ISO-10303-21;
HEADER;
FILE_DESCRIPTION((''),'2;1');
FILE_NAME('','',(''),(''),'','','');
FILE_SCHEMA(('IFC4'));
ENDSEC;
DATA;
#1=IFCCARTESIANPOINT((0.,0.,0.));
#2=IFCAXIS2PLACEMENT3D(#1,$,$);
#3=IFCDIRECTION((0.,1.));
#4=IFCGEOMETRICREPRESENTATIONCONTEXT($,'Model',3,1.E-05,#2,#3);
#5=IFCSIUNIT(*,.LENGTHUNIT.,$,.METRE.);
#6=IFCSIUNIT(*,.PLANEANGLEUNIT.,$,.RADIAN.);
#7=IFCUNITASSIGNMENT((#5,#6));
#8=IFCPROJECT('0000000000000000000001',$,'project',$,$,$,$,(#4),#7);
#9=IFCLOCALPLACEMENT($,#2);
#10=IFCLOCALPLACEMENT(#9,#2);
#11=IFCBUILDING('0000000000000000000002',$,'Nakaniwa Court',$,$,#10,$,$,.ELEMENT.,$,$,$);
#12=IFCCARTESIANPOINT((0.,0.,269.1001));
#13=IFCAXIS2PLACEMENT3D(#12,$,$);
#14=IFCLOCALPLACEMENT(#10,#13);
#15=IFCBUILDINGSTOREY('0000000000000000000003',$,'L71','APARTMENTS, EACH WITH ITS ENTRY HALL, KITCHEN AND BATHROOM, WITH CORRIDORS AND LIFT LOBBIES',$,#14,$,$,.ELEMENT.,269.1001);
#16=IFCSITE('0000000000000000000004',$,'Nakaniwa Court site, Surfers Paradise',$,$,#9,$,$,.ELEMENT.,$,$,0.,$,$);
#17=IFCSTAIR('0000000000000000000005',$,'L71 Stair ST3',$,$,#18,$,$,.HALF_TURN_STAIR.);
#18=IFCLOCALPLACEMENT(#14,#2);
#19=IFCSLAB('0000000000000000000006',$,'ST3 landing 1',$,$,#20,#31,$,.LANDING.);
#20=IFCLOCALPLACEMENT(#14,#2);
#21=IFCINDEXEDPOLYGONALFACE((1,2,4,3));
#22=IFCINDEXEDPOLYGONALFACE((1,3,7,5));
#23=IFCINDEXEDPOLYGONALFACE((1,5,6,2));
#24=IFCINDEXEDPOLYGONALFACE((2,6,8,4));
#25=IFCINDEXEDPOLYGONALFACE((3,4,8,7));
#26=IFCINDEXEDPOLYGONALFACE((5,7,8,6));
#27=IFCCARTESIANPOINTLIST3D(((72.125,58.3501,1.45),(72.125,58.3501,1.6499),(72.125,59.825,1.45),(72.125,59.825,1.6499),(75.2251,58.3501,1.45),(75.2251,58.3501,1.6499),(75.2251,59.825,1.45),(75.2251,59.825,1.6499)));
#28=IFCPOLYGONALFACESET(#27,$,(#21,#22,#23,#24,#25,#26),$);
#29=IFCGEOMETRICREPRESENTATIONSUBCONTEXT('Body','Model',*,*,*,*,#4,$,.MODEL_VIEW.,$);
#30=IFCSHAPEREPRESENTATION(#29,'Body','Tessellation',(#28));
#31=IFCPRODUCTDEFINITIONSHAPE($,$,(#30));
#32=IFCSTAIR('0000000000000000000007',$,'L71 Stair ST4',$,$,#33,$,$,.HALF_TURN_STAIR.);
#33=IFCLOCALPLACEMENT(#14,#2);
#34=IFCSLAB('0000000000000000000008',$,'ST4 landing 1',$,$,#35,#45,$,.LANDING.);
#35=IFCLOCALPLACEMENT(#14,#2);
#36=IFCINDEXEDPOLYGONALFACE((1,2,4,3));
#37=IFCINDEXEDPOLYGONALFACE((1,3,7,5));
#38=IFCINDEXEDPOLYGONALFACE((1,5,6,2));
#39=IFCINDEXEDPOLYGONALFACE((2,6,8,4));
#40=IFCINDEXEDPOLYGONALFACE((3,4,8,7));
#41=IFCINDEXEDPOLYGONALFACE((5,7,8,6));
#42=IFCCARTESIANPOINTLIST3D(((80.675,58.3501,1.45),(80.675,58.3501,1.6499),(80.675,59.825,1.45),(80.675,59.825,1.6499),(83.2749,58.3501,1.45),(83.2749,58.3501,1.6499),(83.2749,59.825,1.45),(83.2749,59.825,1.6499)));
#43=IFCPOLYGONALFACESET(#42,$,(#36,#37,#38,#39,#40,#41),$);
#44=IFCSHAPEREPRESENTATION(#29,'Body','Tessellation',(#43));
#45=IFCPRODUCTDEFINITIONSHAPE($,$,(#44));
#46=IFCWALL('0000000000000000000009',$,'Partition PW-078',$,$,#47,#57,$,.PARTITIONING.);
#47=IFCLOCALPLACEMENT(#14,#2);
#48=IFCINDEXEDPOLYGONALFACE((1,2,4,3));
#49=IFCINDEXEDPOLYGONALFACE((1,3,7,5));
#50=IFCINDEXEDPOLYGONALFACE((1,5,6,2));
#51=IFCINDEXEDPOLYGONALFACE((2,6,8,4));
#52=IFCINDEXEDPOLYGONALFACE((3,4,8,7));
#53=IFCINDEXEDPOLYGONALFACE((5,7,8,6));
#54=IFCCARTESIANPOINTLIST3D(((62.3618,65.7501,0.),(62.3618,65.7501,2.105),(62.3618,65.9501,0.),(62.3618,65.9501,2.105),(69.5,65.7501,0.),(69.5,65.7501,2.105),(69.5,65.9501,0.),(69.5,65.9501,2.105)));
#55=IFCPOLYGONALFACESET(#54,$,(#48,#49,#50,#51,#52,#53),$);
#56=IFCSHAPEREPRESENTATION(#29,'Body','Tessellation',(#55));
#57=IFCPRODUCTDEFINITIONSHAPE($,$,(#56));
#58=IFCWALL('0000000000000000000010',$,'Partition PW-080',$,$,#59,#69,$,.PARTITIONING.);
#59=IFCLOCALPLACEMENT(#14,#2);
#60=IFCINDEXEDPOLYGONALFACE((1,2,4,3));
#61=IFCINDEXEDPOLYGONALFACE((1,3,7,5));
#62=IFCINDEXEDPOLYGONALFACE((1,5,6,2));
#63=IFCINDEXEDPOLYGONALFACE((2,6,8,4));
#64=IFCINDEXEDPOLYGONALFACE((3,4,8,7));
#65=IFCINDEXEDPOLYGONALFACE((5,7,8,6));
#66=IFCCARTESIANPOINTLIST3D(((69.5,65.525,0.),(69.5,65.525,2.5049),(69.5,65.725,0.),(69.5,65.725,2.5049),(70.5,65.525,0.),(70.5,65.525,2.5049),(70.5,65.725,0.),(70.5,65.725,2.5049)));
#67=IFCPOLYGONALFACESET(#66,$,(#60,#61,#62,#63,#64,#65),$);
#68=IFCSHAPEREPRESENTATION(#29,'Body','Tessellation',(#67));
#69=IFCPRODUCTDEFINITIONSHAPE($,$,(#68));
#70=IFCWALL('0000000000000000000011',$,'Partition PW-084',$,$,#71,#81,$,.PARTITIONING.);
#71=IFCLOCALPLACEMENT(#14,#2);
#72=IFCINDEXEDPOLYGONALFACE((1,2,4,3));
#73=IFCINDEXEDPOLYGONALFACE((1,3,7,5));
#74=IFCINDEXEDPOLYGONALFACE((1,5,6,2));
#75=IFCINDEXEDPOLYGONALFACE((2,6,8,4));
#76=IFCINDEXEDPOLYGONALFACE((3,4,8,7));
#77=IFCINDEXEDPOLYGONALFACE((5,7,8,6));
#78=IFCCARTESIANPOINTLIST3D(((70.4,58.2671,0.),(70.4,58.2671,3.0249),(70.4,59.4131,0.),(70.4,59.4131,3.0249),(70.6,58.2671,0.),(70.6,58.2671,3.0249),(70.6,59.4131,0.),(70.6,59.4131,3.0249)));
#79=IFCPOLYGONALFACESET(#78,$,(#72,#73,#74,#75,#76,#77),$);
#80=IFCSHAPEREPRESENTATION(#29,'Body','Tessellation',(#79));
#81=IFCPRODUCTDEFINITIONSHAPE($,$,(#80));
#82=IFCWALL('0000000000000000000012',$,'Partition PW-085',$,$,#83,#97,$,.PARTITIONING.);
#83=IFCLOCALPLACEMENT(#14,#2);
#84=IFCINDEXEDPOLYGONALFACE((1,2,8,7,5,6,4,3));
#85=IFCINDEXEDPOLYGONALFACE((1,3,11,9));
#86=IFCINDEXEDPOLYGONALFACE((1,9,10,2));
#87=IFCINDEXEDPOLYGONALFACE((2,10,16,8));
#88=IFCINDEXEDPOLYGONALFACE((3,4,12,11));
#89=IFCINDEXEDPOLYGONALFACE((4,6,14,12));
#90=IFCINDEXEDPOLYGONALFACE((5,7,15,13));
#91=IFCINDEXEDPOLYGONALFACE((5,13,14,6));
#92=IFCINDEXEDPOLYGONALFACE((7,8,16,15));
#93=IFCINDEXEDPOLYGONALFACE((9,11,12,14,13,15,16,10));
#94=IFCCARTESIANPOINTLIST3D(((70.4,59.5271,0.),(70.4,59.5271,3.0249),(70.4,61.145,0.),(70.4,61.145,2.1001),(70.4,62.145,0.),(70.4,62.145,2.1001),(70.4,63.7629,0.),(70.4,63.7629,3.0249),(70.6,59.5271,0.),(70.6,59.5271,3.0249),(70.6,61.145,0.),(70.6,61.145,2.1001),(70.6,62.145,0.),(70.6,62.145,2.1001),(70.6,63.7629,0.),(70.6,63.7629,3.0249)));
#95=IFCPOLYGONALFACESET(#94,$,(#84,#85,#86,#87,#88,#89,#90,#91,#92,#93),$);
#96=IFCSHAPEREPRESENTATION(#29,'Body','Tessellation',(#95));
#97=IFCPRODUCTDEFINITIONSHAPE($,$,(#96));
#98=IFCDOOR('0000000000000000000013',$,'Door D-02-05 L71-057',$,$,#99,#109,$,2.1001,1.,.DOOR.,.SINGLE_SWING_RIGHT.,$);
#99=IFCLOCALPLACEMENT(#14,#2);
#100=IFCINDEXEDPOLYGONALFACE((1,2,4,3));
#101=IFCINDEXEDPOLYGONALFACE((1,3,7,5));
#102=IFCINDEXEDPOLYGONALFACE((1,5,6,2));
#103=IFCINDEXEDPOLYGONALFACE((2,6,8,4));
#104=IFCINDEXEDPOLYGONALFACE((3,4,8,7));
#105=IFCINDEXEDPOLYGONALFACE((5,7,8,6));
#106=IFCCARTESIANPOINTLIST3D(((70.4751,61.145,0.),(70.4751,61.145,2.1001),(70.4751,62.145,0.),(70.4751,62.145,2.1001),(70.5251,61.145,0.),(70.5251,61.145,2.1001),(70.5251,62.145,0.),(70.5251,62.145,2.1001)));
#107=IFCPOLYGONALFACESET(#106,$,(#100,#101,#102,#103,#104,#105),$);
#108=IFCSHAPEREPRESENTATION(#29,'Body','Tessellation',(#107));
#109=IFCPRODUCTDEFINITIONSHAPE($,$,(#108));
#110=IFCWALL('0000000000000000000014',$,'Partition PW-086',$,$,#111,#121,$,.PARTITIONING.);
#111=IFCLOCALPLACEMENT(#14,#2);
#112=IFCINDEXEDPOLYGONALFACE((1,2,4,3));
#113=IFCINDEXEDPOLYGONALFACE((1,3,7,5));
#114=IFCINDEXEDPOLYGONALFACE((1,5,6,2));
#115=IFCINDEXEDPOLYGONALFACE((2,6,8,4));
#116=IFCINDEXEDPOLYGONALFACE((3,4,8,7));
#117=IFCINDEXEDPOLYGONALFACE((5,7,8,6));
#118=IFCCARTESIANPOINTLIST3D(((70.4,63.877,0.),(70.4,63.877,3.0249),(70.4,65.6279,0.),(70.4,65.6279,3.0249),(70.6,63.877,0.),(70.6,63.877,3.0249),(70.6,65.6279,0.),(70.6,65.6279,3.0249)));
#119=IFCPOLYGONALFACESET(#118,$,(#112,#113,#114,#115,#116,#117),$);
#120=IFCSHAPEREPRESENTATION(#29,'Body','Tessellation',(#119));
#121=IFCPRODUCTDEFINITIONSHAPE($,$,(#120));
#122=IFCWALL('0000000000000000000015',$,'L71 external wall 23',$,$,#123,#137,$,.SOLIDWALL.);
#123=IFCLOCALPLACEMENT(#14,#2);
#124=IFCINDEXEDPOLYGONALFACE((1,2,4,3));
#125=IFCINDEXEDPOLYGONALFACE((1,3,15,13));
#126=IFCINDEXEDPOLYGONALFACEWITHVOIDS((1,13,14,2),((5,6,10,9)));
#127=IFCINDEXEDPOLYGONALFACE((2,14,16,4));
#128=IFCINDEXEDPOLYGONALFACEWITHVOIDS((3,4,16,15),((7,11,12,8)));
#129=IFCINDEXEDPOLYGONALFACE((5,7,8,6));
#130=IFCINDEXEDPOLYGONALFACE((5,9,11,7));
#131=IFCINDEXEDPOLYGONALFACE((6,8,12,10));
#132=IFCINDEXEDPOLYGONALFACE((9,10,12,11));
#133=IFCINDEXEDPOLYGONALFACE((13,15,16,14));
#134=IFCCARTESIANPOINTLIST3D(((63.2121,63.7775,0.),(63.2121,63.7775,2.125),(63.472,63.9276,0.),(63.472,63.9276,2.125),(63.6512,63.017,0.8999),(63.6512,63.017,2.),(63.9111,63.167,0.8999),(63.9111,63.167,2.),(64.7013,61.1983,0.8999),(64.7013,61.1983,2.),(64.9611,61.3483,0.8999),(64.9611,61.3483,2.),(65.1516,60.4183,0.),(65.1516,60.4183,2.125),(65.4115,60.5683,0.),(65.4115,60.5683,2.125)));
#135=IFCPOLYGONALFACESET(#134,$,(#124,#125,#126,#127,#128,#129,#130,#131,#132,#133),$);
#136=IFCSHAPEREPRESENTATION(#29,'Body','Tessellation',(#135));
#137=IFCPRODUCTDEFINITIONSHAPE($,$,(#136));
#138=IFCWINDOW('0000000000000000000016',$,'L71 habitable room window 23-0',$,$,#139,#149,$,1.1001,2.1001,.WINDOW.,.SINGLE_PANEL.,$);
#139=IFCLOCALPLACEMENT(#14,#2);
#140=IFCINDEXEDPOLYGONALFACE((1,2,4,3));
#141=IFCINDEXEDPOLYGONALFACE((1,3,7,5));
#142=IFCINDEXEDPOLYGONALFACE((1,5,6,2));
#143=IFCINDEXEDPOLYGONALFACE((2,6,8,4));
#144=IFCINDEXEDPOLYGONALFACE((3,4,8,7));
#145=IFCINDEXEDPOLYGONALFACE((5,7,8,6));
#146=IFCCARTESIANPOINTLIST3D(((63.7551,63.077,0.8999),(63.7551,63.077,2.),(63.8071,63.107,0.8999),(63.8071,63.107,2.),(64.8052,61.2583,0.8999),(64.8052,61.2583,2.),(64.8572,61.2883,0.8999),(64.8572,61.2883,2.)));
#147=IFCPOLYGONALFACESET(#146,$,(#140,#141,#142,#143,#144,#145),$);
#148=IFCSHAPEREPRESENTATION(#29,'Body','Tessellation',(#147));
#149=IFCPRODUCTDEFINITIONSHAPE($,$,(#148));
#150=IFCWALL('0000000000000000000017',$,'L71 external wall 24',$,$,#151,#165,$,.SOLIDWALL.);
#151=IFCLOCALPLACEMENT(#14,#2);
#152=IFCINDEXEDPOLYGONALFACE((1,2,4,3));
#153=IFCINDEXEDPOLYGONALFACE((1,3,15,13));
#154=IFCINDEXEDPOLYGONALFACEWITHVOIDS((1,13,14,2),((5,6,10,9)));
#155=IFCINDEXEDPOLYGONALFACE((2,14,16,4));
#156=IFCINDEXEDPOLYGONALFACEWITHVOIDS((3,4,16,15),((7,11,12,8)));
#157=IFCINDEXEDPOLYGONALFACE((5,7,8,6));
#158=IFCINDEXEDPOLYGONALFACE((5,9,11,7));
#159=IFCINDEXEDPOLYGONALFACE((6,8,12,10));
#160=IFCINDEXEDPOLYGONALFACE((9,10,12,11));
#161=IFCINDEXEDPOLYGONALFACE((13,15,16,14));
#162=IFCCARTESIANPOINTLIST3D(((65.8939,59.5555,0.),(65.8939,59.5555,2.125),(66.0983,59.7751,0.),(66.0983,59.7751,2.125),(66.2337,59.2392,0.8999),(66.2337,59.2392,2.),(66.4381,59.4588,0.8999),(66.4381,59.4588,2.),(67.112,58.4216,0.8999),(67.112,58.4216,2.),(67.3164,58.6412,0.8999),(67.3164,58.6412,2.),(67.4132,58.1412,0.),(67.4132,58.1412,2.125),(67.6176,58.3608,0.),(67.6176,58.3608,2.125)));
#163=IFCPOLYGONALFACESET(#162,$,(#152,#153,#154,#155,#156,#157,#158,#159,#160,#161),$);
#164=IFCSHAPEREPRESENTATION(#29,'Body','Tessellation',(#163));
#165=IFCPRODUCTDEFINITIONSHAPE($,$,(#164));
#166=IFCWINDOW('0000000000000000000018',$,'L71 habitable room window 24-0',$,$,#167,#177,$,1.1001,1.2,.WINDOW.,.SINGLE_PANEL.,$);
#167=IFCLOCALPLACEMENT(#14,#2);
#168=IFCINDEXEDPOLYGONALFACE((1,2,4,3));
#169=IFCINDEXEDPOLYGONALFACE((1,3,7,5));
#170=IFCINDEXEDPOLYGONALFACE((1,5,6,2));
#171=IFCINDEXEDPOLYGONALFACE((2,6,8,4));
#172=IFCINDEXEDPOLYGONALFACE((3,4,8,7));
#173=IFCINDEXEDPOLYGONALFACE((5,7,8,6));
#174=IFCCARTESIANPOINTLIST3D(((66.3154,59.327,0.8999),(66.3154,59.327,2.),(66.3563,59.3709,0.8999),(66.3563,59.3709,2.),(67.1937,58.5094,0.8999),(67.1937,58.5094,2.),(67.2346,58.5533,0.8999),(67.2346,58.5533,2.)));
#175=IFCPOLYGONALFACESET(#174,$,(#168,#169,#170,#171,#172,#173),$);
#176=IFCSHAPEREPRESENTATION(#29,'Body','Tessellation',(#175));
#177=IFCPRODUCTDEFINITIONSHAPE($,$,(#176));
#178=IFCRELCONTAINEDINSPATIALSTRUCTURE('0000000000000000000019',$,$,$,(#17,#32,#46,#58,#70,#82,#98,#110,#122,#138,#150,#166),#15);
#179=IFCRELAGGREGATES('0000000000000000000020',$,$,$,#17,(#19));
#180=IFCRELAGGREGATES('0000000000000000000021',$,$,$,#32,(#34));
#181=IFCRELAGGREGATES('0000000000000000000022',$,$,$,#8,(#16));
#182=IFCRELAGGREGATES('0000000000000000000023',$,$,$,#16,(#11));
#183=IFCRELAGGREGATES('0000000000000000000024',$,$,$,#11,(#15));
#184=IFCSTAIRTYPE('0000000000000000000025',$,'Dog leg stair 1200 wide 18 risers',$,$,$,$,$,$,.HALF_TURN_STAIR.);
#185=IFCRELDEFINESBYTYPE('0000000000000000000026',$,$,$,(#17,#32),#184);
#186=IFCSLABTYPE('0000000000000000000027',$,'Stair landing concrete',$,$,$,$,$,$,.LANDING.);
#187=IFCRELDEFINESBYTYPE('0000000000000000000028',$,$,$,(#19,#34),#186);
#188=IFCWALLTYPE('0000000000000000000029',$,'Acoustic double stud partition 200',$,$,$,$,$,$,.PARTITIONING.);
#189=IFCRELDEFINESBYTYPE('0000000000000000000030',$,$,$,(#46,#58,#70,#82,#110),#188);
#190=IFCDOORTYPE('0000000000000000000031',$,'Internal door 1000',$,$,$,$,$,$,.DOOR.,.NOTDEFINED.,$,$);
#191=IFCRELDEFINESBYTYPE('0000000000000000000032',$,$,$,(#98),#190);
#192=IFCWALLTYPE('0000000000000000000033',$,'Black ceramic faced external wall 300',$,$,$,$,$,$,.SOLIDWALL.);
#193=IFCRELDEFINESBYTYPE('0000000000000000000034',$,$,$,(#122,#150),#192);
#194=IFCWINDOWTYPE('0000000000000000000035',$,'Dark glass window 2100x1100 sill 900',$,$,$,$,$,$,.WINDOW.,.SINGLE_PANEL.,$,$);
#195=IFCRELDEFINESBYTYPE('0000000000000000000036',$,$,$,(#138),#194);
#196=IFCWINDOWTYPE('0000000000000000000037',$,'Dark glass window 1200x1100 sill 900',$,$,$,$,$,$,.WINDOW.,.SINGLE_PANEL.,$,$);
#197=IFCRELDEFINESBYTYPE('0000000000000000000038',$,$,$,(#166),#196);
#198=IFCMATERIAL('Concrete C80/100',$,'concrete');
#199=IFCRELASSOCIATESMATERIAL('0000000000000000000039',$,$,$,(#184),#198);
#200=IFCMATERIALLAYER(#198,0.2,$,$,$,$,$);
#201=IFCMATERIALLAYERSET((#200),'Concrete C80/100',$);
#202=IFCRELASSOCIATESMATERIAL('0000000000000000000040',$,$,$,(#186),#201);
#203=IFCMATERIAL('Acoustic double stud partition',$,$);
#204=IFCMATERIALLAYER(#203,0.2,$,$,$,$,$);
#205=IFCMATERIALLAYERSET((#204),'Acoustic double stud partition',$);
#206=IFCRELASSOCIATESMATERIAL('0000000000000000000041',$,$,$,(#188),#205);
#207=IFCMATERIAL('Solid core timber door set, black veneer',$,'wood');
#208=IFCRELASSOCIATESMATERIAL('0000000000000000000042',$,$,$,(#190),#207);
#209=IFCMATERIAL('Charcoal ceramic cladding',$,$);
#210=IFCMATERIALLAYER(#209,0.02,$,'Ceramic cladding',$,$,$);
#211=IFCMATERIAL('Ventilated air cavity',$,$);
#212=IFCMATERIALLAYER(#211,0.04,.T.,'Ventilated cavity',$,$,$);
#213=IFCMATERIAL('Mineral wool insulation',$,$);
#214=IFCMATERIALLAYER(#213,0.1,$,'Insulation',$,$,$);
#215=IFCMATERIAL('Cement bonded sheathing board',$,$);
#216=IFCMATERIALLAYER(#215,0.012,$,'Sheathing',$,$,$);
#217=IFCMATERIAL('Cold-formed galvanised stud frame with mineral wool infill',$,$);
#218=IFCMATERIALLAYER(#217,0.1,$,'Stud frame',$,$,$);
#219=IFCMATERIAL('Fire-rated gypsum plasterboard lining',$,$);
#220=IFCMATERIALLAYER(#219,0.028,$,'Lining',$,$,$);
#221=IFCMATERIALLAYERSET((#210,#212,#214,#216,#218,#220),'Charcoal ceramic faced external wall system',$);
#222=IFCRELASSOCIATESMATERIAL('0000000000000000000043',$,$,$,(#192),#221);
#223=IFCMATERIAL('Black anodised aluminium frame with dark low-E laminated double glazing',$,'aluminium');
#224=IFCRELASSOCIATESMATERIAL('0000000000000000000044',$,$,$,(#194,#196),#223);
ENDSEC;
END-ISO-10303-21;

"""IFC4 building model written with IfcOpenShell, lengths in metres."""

from ifc_helpers import new_model, si_unit, direction, frame, frame_2d, origin, place, context, subcontext, project, spatial, polyline, rectangle, outline, extrude, material, layer, layer_set, type_object, element, fill, aggregate, save


model = new_model("IFC4")

# Units and contexts
model_context = context("Model", 3, precision=1e-05, world=origin(), true_north=direction((0.0, 1.0)))
body_context = subcontext(model_context, "Body", "Model", "MODEL_VIEW")
ifc_project = project(units=[si_unit("LENGTHUNIT", "METRE"), si_unit("PLANEANGLEUNIT", "RADIAN")], contexts=[model_context])

# Site, building, storey
site_placement = place(None, origin())
site = spatial("IfcSite", under=ifc_project, at=site_placement, Name="Nakaniwa Court site, Surfers Paradise", CompositionType="ELEMENT", RefElevation=0.0)
building_placement = place(site_placement, origin())
building = spatial("IfcBuilding", under=site, at=building_placement, Name="Nakaniwa Court", CompositionType="ELEMENT")
storey_placement = place(building_placement, frame((0.0, 0.0, 269.1001)))
storey = spatial("IfcBuildingStorey", under=building, at=storey_placement, Name="L71", Description="APARTMENTS, EACH WITH ITS ENTRY HALL, KITCHEN AND BATHROOM, WITH CORRIDORS AND LIFT LOBBIES", CompositionType="ELEMENT", Elevation=269.1001)

# Shared definitions
ifc_material_1 = material(Name="Concrete C80/100", Category="concrete")

# Stairs, slabs
stair_type = type_object("IfcStairType", Name="Dog leg stair 1200 wide 18 risers", PredefinedType="HALF_TURN_STAIR", material=ifc_material_1)
ifc_layer_1 = layer(ifc_material_1, 0.2)
ifc_layer_set_1 = layer_set([ifc_layer_1], Name="Concrete C80/100")
slab_type_1 = type_object("IfcSlabType", Name="Stair landing concrete", PredefinedType="LANDING", material=ifc_layer_set_1)
stair_1_placement = place(storey_placement, origin())
stair_1 = element("IfcStair", 1, at=stair_1_placement, inside=storey, type_object=stair_type, Name="L71 Stair ST3", PredefinedType="HALF_TURN_STAIR")
slab_1_placement = place(storey_placement, frame((0.0, 0.0, 1.45)))
slab_1 = element("IfcSlab", 2, at=slab_1_placement, type_object=slab_type_1, Name="ST3 landing 1", PredefinedType="LANDING", context=body_context, shape_type="SweptSolid", body=[
    extrude(outline(polyline([(75.2251, 58.3501), (75.2251, 59.825), (72.125, 59.825), (72.125, 58.3501), (75.2251, 58.3501)])), origin(), (0.0, 0.0, 1.0), 0.2),
])
aggregate(stair_1, [slab_1])
stair_2_placement = place(storey_placement, origin())
stair_2 = element("IfcStair", 3, at=stair_2_placement, inside=storey, type_object=stair_type, Name="L71 Stair ST4", PredefinedType="HALF_TURN_STAIR")
slab_2_placement = place(storey_placement, frame((0.0, 0.0, 1.45)))
slab_2 = element("IfcSlab", 4, at=slab_2_placement, type_object=slab_type_1, Name="ST4 landing 1", PredefinedType="LANDING", context=body_context, shape_type="SweptSolid", body=[
    extrude(outline(polyline([(83.2749, 58.3501), (83.2749, 59.825), (80.675, 59.825), (80.675, 58.3501), (83.2749, 58.3501)])), origin(), (0.0, 0.0, 1.0), 0.2),
])
aggregate(stair_2, [slab_2])

# Walls
ifc_material_2 = material(Name="Acoustic double stud partition")
ifc_layer_2 = layer(ifc_material_2, 0.2)
ifc_layer_set_2 = layer_set([ifc_layer_2], Name="Acoustic double stud partition")
wall_type_1 = type_object("IfcWallType", Name="Acoustic double stud partition 200", PredefinedType="PARTITIONING", material=ifc_layer_set_2)
wall_1_placement = place(storey_placement, frame((62.3618, 65.8501, 0.0), z_axis=(0.0, 0.0, 1.0), x_axis=(1.0, 0.0, 0.0)))
element("IfcWall", 5, at=wall_1_placement, inside=storey, type_object=wall_type_1, Name="Partition PW-078", PredefinedType="PARTITIONING", context=body_context, shape_type="SweptSolid", body=[
    extrude(rectangle(XDim=7.1382, YDim=0.2, at=frame_2d((3.5691, 0.0))), origin(), (0.0, 0.0, 1.0), 2.105),
])
wall_2_placement = place(storey_placement, frame((69.5, 65.625, 0.0), z_axis=(0.0, 0.0, 1.0), x_axis=(1.0, 0.0, 0.0)))
element("IfcWall", 6, at=wall_2_placement, inside=storey, type_object=wall_type_1, Name="Partition PW-080", PredefinedType="PARTITIONING", context=body_context, shape_type="SweptSolid", body=[
    extrude(rectangle(XDim=1.0, YDim=0.2, at=frame_2d((0.5, 0.0))), origin(), (0.0, 0.0, 1.0), 2.5049),
])
wall_3_placement = place(storey_placement, frame((70.5, 58.2671, 0.0), z_axis=(0.0, 0.0, 1.0), x_axis=(0.0, 1.0, 0.0)))
element("IfcWall", 7, at=wall_3_placement, inside=storey, type_object=wall_type_1, Name="Partition PW-084", PredefinedType="PARTITIONING", context=body_context, shape_type="SweptSolid", body=[
    extrude(rectangle(XDim=1.146, YDim=0.2, at=frame_2d((0.573, 0.0))), origin(), (0.0, 0.0, 1.0), 3.0249),
])

# Wall, opening, door
wall_4_placement = place(storey_placement, frame((70.5, 59.5271, 0.0), z_axis=(0.0, 0.0, 1.0), x_axis=(0.0, 1.0, 0.0)))
wall_4 = element("IfcWall", 8, at=wall_4_placement, inside=storey, type_object=wall_type_1, Name="Partition PW-085", PredefinedType="PARTITIONING", context=body_context, shape_type="SweptSolid", body=[
    extrude(rectangle(XDim=4.2358, YDim=0.2, at=frame_2d((2.1179, 0.0))), origin(), (0.0, 0.0, 1.0), 3.0249),
])
opening_1_placement = place(wall_4_placement, frame((1.6179, 0.0, 0.0)))
opening_1 = element("IfcOpeningElement", 9, at=opening_1_placement, cuts=wall_4, PredefinedType="OPENING", context=body_context, shape_type="SweptSolid", body=[
    extrude(rectangle(XDim=1.0, YDim=2.1001, at=frame_2d((0.5, 1.05))), frame((0.0, 0.1099, 0.0), z_axis=(0.0, -1.0, 0.0), x_axis=(1.0, 0.0, 0.0)), (0.0, 0.0, 1.0), 0.22),
])
ifc_material_3 = material(Name="Solid core timber door set, black veneer", Category="wood")
door_type = type_object("IfcDoorType", Name="Internal door 1000", OperationType="NOTDEFINED", PredefinedType="DOOR", material=ifc_material_3)
door_placement = place(opening_1_placement, origin())
door = element("IfcDoor", 10, at=door_placement, inside=storey, type_object=door_type, Name="Door D-02-05 L71-057", OperationType="SINGLE_SWING_RIGHT", OverallHeight=2.1001, OverallWidth=1.0, PredefinedType="DOOR", context=body_context, shape_type="SweptSolid", body=[
    extrude(rectangle(XDim=1.0, YDim=2.1001, at=frame_2d((0.5, 1.05))), frame((0.0, 0.0249, 0.0), z_axis=(0.0, -1.0, 0.0), x_axis=(1.0, 0.0, 0.0)), (0.0, 0.0, 1.0), 0.05),
])
fill(opening_1, door)

# Wall
wall_5_placement = place(storey_placement, frame((70.5, 63.877, 0.0), z_axis=(0.0, 0.0, 1.0), x_axis=(0.0, 1.0, 0.0)))
element("IfcWall", 11, at=wall_5_placement, inside=storey, type_object=wall_type_1, Name="Partition PW-086", PredefinedType="PARTITIONING", context=body_context, shape_type="SweptSolid", body=[
    extrude(rectangle(XDim=1.751, YDim=0.2, at=frame_2d((0.8755, 0.0))), origin(), (0.0, 0.0, 1.0), 3.0249),
])

# Walls, openings, windows
ifc_material_4 = material(Name="Charcoal ceramic cladding")
ifc_layer_3 = layer(ifc_material_4, 0.02, Name="Ceramic cladding")
ifc_material_5 = material(Name="Ventilated air cavity")
ifc_layer_4 = layer(ifc_material_5, 0.04, ventilated=True, Name="Ventilated cavity")
ifc_material_6 = material(Name="Mineral wool insulation")
ifc_layer_5 = layer(ifc_material_6, 0.1, Name="Insulation")
ifc_material_7 = material(Name="Cement bonded sheathing board")
ifc_layer_6 = layer(ifc_material_7, 0.012, Name="Sheathing")
ifc_material_8 = material(Name="Cold-formed galvanised stud frame with mineral wool infill")
ifc_layer_7 = layer(ifc_material_8, 0.1, Name="Stud frame")
ifc_material_9 = material(Name="Fire-rated gypsum plasterboard lining")
ifc_layer_8 = layer(ifc_material_9, 0.028, Name="Lining")
ifc_layer_set_3 = layer_set([ifc_layer_3, ifc_layer_4, ifc_layer_5, ifc_layer_6, ifc_layer_7, ifc_layer_8], Name="Charcoal ceramic faced external wall system")
wall_type_2 = type_object("IfcWallType", Name="Black ceramic faced external wall 300", PredefinedType="SOLIDWALL", material=ifc_layer_set_3)
wall_6_placement = place(storey_placement, frame((63.342, 63.8525, 0.0), z_axis=(0.0, 0.0, 1.0), x_axis=(0.500011, -0.866019, 0.0)))
wall_6 = element("IfcWall", 12, at=wall_6_placement, inside=storey, type_object=wall_type_2, Name="L71 external wall 23", PredefinedType="SOLIDWALL", context=body_context, shape_type="SweptSolid", body=[
    extrude(rectangle(XDim=3.8789, YDim=0.3, at=frame_2d((1.9395, 0.0))), origin(), (0.0, 0.0, 1.0), 2.125),
])
opening_2_placement = place(wall_6_placement, frame((0.8782, 0.0, 0.8999)))
opening_2 = element("IfcOpeningElement", 13, at=opening_2_placement, cuts=wall_6, PredefinedType="OPENING", context=body_context, shape_type="SweptSolid", body=[
    extrude(rectangle(XDim=2.1001, YDim=1.1001, at=frame_2d((1.05, 0.55))), frame((0.0, 0.1599, 0.0), z_axis=(0.0, -1.0, 0.0), x_axis=(1.0, 0.0, 0.0)), (0.0, 0.0, 1.0), 0.3201),
])
ifc_material_10 = material(Name="Black anodised aluminium frame with dark low-E laminated double glazing", Category="aluminium")
window_type_1 = type_object("IfcWindowType", Name="Dark glass window 2100x1100 sill 900", PartitioningType="SINGLE_PANEL", PredefinedType="WINDOW", material=ifc_material_10)
window_1_placement = place(opening_2_placement, origin())
window_1 = element("IfcWindow", 14, at=window_1_placement, inside=storey, type_object=window_type_1, Name="L71 habitable room window 23-0", OverallHeight=1.1001, OverallWidth=2.1001, PartitioningType="SINGLE_PANEL", PredefinedType="WINDOW", context=body_context, shape_type="SweptSolid", body=[
    extrude(rectangle(XDim=2.1001, YDim=1.1001, at=frame_2d((1.05, 0.55))), frame((0.0, 0.03, 0.0), z_axis=(0.0, -1.0, 0.0), x_axis=(1.0, 0.0, 0.0)), (0.0, 0.0, 1.0), 0.0601),
])
fill(opening_2, window_1)
wall_7_placement = place(storey_placement, frame((65.9961, 59.6653, 0.0), z_axis=(0.0, 0.0, 1.0), x_axis=(0.731943, -0.681366, 0.0)))
wall_7 = element("IfcWall", 15, at=wall_7_placement, inside=storey, type_object=wall_type_2, Name="L71 external wall 24", PredefinedType="SOLIDWALL", context=body_context, shape_type="SweptSolid", body=[
    extrude(rectangle(XDim=2.0757, YDim=0.3, at=frame_2d((1.0378, 0.0))), origin(), (0.0, 0.0, 1.0), 2.125),
])
opening_3_placement = place(wall_7_placement, frame((0.4641, 0.0, 0.8999)))
opening_3 = element("IfcOpeningElement", 16, at=opening_3_placement, cuts=wall_7, PredefinedType="OPENING", context=body_context, shape_type="SweptSolid", body=[
    extrude(rectangle(XDim=1.2, YDim=1.1001, at=frame_2d((0.6001, 0.55))), frame((0.0, 0.1599, 0.0), z_axis=(0.0, -1.0, 0.0), x_axis=(1.0, 0.0, 0.0)), (0.0, 0.0, 1.0), 0.3201),
])
window_type_2 = type_object("IfcWindowType", Name="Dark glass window 1200x1100 sill 900", PartitioningType="SINGLE_PANEL", PredefinedType="WINDOW", material=ifc_material_10)
window_2_placement = place(opening_3_placement, origin())
window_2 = element("IfcWindow", 17, at=window_2_placement, inside=storey, type_object=window_type_2, Name="L71 habitable room window 24-0", OverallHeight=1.1001, OverallWidth=1.2, PartitioningType="SINGLE_PANEL", PredefinedType="WINDOW", context=body_context, shape_type="SweptSolid", body=[
    extrude(rectangle(XDim=1.2, YDim=1.1001, at=frame_2d((0.6001, 0.55))), frame((0.0, 0.03, 0.0), z_axis=(0.0, -1.0, 0.0), x_axis=(1.0, 0.0, 0.0)), (0.0, 0.0, 1.0), 0.0601),
])
fill(opening_3, window_2)

save(model, "model.ifc")
